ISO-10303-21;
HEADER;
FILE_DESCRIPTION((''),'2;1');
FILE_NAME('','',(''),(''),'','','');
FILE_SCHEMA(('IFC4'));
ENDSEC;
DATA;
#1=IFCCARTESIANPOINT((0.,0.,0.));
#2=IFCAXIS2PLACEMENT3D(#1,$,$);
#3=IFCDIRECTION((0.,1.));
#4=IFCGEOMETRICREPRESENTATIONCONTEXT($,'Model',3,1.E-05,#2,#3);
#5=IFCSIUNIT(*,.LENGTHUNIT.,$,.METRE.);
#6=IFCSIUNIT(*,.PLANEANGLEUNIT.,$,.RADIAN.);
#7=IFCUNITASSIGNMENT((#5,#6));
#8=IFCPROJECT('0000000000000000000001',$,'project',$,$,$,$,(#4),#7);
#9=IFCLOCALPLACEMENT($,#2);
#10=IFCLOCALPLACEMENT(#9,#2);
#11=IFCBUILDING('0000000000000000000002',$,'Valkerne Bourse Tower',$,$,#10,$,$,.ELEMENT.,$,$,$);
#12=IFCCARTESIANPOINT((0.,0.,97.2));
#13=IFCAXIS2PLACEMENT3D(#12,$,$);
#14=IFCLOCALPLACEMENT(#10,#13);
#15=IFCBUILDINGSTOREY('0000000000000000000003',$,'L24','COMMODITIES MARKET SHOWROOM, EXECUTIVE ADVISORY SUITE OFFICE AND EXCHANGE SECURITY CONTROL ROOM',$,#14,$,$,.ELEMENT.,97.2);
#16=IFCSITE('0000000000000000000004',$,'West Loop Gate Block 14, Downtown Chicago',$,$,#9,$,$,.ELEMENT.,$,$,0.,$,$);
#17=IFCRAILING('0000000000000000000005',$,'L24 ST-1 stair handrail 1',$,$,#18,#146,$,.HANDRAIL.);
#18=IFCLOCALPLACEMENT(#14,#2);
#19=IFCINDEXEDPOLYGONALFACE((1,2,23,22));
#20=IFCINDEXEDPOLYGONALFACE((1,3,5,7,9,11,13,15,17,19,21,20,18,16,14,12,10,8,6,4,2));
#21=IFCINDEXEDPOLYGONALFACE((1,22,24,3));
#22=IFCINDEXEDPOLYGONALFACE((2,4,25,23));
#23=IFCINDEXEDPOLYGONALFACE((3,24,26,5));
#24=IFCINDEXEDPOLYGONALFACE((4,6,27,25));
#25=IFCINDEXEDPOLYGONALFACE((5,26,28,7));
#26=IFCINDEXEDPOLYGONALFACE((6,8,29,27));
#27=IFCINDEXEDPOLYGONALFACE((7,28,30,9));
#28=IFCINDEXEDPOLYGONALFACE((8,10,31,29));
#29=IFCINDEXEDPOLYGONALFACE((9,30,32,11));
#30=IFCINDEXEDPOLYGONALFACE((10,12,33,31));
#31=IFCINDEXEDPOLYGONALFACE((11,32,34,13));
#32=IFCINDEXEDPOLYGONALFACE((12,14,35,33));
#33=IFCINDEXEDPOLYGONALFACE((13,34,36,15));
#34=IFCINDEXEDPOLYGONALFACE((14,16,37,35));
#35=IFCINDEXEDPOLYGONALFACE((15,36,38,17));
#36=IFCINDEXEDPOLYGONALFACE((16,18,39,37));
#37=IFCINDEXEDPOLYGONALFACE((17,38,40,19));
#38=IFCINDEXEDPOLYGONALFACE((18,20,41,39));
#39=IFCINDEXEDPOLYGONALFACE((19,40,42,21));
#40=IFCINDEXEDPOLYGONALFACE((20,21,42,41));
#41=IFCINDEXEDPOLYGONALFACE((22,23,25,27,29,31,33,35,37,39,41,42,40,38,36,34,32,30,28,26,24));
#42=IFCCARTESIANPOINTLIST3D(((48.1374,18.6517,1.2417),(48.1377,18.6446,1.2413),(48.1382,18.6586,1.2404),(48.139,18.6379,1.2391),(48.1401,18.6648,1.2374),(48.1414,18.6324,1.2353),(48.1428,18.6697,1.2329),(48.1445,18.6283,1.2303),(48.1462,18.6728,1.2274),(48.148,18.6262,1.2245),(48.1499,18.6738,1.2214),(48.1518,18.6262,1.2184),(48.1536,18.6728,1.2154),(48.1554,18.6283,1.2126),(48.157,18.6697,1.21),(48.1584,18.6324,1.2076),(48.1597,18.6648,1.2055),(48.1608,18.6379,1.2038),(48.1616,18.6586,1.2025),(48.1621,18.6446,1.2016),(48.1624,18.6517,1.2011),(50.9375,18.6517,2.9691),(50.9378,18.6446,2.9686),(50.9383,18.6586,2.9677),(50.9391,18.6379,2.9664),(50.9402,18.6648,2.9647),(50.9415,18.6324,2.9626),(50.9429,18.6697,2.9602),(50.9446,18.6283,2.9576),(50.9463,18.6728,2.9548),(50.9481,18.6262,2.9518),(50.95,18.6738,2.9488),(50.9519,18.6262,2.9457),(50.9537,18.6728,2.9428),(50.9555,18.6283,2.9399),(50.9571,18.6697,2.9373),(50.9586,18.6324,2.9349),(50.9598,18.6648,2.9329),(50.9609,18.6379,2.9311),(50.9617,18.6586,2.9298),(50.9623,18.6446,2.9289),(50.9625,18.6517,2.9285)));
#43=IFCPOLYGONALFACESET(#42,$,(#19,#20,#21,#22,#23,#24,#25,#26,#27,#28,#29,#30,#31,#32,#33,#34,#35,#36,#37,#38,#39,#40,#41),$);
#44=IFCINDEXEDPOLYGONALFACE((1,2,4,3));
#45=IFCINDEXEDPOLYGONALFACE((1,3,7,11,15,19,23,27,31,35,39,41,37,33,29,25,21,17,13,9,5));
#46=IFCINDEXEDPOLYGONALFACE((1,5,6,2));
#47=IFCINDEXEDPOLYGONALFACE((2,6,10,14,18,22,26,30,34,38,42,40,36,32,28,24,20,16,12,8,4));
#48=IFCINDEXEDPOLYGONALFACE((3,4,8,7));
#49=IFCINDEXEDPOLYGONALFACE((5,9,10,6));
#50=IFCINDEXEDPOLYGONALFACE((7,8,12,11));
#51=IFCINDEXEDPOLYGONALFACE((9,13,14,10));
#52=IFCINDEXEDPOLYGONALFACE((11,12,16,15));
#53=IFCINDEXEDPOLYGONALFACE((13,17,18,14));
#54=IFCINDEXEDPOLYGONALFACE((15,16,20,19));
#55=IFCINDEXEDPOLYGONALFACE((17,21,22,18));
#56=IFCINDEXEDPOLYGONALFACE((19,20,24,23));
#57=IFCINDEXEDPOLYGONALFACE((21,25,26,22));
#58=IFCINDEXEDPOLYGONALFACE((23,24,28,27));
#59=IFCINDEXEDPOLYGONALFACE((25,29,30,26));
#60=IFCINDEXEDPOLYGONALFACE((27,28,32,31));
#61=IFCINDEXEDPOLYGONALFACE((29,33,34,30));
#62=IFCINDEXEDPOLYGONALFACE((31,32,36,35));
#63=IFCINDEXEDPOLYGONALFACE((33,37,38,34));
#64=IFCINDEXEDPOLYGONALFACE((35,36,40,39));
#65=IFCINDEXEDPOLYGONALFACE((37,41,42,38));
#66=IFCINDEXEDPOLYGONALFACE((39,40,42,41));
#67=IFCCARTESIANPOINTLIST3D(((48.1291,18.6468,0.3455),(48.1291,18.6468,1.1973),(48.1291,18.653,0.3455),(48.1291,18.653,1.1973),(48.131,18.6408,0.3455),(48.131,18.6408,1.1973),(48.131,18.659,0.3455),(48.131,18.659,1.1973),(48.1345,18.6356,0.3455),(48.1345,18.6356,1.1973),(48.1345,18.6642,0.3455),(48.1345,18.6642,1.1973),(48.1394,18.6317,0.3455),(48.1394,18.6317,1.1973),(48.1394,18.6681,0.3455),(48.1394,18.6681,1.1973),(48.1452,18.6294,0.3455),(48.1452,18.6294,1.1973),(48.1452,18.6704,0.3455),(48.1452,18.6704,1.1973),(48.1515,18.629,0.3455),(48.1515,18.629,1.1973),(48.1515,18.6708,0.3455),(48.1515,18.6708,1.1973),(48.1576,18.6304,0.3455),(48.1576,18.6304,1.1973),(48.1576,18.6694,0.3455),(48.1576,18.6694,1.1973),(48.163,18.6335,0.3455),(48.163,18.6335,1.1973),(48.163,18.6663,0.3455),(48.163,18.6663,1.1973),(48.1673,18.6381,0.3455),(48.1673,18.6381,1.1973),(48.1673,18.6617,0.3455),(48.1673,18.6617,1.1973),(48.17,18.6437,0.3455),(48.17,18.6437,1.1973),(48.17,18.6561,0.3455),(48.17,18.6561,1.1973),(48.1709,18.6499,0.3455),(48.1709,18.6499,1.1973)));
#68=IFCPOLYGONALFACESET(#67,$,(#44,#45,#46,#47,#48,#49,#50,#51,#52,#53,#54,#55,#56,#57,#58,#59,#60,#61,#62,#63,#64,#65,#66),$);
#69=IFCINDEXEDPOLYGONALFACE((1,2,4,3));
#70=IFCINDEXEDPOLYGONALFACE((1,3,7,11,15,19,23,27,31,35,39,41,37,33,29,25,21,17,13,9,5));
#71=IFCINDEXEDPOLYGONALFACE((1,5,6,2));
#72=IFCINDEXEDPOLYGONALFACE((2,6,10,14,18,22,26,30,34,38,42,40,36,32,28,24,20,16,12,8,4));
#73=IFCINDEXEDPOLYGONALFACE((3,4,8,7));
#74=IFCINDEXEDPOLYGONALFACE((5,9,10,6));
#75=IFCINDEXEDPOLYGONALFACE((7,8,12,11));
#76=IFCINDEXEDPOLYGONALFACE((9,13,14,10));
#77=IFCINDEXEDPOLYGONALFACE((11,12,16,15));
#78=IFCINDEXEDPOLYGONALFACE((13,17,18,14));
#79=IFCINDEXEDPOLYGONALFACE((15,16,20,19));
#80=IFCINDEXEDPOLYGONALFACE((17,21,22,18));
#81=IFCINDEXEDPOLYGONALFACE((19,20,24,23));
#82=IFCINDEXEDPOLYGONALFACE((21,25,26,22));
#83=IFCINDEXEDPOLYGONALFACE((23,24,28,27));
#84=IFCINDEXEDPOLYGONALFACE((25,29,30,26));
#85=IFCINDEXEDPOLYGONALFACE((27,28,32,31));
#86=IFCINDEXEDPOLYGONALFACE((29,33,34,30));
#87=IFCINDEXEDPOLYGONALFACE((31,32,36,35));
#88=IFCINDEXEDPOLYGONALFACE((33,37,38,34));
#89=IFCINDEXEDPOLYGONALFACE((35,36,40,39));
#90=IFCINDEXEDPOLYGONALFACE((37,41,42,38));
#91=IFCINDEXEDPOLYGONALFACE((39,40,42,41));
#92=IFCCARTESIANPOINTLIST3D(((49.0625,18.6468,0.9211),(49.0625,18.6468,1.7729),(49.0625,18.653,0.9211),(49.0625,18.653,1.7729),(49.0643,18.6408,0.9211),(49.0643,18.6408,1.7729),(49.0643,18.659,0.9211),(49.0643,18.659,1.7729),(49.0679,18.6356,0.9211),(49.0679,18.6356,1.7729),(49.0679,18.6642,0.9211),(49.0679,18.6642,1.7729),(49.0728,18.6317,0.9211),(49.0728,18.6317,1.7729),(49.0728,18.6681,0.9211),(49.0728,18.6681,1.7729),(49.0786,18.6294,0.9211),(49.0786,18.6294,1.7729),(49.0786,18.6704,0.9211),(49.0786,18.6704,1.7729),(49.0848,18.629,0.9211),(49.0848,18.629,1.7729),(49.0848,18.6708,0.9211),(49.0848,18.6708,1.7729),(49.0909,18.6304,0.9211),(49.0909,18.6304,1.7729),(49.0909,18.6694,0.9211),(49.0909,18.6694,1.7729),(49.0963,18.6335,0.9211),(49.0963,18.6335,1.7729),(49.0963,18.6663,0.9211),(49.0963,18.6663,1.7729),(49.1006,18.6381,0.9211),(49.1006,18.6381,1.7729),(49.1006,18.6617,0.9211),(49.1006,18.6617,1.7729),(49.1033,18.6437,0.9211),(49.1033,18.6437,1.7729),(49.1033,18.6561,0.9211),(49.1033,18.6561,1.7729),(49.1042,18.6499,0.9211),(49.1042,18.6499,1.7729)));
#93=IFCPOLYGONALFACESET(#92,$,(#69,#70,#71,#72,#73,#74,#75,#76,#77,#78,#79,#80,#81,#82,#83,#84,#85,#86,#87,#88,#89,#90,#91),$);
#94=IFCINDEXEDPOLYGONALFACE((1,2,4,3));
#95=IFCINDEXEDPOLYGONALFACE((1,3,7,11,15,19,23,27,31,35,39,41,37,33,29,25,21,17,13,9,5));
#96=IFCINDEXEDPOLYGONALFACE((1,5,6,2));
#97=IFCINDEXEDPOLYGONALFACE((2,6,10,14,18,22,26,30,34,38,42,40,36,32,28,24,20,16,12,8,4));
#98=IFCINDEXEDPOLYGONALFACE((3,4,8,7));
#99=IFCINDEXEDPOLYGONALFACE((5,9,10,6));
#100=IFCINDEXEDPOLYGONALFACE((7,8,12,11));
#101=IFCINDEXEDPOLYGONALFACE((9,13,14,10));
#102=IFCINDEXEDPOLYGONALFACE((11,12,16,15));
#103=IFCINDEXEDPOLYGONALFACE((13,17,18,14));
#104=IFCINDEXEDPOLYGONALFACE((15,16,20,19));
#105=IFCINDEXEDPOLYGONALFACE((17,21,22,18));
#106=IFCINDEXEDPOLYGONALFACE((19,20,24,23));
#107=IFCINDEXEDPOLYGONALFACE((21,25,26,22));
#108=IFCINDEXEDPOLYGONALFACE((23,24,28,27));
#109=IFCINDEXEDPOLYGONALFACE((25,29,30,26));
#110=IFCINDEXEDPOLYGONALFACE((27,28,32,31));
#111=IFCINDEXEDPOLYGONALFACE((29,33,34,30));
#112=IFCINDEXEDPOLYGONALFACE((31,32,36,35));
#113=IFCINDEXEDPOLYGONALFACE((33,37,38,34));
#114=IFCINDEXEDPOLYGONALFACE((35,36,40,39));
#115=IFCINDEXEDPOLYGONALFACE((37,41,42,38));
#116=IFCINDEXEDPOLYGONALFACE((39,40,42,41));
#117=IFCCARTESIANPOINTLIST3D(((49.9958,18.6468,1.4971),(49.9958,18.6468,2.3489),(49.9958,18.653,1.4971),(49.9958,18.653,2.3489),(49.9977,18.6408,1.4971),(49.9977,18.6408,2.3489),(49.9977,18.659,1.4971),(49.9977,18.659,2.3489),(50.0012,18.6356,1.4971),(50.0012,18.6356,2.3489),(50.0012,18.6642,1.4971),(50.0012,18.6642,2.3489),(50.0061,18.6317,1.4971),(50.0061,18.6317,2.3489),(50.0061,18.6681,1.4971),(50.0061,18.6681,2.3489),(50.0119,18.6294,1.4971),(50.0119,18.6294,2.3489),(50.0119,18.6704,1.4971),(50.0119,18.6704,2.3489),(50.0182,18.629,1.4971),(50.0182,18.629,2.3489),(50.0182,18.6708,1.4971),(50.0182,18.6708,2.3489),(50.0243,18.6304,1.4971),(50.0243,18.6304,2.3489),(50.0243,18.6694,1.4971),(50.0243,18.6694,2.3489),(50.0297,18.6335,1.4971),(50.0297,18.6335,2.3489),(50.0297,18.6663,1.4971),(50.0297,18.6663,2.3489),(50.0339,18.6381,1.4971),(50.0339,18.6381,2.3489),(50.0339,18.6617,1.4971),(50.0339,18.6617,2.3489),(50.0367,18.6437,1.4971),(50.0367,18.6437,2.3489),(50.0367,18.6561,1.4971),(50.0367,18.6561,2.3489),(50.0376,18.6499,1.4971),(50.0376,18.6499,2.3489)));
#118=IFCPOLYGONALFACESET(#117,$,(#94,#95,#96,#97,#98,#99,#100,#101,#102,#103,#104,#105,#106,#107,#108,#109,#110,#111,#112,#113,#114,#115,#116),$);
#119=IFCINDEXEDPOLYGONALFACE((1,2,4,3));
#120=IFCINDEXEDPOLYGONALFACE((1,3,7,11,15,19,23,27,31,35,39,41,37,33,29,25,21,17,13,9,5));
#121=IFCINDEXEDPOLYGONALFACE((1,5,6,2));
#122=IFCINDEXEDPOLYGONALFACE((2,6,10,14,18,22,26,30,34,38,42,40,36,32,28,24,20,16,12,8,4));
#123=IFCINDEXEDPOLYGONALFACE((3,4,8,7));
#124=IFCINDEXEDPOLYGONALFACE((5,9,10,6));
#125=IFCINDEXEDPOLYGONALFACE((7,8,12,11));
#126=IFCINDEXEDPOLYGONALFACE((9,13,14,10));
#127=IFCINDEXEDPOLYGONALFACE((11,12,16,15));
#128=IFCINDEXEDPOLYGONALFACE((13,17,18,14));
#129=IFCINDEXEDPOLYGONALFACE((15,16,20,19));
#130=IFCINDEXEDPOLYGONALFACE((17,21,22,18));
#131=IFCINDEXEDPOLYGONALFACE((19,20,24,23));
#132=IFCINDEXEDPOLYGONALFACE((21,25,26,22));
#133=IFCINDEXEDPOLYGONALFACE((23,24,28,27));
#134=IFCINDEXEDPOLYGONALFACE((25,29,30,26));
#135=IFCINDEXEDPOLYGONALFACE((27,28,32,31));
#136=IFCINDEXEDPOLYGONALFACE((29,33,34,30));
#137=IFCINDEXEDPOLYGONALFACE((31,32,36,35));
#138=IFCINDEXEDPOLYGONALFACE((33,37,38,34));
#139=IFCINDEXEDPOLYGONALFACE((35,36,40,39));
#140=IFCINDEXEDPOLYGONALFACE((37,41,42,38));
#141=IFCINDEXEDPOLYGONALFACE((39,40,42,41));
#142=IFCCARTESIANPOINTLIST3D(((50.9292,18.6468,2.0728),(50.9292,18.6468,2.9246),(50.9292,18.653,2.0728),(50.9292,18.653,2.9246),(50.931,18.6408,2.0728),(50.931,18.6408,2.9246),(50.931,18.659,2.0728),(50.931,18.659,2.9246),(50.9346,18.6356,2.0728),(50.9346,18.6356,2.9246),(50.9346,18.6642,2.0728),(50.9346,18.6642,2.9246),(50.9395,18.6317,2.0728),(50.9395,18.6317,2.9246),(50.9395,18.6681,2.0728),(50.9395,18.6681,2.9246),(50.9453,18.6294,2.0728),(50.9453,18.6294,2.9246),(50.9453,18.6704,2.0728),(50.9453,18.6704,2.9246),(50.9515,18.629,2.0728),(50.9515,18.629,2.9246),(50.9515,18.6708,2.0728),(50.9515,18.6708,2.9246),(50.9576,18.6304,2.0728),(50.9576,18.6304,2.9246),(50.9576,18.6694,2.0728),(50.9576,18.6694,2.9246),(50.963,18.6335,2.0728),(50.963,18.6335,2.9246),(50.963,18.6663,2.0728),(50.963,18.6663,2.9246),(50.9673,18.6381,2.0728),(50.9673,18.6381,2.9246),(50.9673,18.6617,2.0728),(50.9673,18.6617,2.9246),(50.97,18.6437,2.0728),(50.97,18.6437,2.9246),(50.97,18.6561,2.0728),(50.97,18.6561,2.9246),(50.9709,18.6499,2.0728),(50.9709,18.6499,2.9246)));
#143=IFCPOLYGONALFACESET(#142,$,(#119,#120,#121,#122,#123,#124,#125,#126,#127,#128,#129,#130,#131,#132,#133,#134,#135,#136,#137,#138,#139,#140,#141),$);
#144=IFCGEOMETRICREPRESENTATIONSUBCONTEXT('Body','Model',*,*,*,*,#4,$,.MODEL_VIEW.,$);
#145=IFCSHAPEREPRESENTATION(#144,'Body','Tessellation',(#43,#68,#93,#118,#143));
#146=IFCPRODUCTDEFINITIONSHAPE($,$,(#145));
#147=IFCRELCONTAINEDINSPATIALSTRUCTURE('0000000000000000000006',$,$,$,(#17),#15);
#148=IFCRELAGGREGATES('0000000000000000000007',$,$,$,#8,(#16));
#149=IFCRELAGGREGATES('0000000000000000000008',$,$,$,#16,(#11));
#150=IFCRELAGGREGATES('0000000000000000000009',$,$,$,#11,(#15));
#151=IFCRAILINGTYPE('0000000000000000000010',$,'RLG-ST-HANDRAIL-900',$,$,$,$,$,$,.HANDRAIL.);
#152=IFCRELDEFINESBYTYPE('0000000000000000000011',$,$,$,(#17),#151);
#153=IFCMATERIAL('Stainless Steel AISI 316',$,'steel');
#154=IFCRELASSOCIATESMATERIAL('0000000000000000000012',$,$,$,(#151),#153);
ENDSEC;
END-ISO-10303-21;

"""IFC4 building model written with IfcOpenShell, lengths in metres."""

from ifc_helpers import new_model, si_unit, direction, frame, origin, origin_2d, place, context, subcontext, project, spatial, circle, extrude, material, type_object, element, save


model = new_model("IFC4")

# Units and contexts
model_context = context("Model", 3, precision=1e-05, world=origin(), true_north=direction((0.0, 1.0)))
body_context = subcontext(model_context, "Body", "Model", "MODEL_VIEW")
ifc_project = project(units=[si_unit("LENGTHUNIT", "METRE"), si_unit("PLANEANGLEUNIT", "RADIAN")], contexts=[model_context])

# Site, building, storey
site_placement = place(None, origin())
site = spatial("IfcSite", under=ifc_project, at=site_placement, Name="West Loop Gate Block 14, Downtown Chicago", CompositionType="ELEMENT", RefElevation=0.0)
building_placement = place(site_placement, origin())
building = spatial("IfcBuilding", under=site, at=building_placement, Name="Valkerne Bourse Tower", CompositionType="ELEMENT")
storey_placement = place(building_placement, frame((0.0, 0.0, 97.2)))
storey = spatial("IfcBuildingStorey", under=building, at=storey_placement, Name="L24", Description="COMMODITIES MARKET SHOWROOM, EXECUTIVE ADVISORY SUITE OFFICE AND EXCHANGE SECURITY CONTROL ROOM", CompositionType="ELEMENT", Elevation=97.2)

# Shared definitions
ifc_material_1 = material(Name="Stainless Steel AISI 316", Category="steel")

# Railing
railing_type_1 = type_object("IfcRailingType", Name="RLG-ST-HANDRAIL-900", PredefinedType="HANDRAIL", material=ifc_material_1)
railing_1_placement = place(storey_placement, frame((48.1499, 18.6499, 0.3455)))
element("IfcRailing", 1, at=railing_1_placement, inside=storey, type_object=railing_type_1, Name="L24 ST-1 stair handrail 1", PredefinedType="HANDRAIL", context=body_context, shape_type="SweptSolid", body=[
    extrude(circle(Radius=0.0239, at=origin_2d()), frame((0.0, 0.0, 0.876), z_axis=(0.85109, 0.0, 0.52502), x_axis=(0.0, 1.0, 0.0)), (0.0, 0.0, 1.0), 3.29),
    extrude(circle(Radius=0.021, at=origin_2d()), origin(), (0.0, 0.0, 1.0), 0.8518),
    extrude(circle(Radius=0.021, at=origin_2d()), frame((0.9333, 0.0, 0.5757)), (0.0, 0.0, 1.0), 0.8518),
    extrude(circle(Radius=0.021, at=origin_2d()), frame((1.8667, 0.0, 1.1516)), (0.0, 0.0, 1.0), 0.8518),
    extrude(circle(Radius=0.021, at=origin_2d()), frame((2.8, 0.0, 1.7273)), (0.0, 0.0, 1.0), 0.8518),
])

save(model, "model.ifc")
